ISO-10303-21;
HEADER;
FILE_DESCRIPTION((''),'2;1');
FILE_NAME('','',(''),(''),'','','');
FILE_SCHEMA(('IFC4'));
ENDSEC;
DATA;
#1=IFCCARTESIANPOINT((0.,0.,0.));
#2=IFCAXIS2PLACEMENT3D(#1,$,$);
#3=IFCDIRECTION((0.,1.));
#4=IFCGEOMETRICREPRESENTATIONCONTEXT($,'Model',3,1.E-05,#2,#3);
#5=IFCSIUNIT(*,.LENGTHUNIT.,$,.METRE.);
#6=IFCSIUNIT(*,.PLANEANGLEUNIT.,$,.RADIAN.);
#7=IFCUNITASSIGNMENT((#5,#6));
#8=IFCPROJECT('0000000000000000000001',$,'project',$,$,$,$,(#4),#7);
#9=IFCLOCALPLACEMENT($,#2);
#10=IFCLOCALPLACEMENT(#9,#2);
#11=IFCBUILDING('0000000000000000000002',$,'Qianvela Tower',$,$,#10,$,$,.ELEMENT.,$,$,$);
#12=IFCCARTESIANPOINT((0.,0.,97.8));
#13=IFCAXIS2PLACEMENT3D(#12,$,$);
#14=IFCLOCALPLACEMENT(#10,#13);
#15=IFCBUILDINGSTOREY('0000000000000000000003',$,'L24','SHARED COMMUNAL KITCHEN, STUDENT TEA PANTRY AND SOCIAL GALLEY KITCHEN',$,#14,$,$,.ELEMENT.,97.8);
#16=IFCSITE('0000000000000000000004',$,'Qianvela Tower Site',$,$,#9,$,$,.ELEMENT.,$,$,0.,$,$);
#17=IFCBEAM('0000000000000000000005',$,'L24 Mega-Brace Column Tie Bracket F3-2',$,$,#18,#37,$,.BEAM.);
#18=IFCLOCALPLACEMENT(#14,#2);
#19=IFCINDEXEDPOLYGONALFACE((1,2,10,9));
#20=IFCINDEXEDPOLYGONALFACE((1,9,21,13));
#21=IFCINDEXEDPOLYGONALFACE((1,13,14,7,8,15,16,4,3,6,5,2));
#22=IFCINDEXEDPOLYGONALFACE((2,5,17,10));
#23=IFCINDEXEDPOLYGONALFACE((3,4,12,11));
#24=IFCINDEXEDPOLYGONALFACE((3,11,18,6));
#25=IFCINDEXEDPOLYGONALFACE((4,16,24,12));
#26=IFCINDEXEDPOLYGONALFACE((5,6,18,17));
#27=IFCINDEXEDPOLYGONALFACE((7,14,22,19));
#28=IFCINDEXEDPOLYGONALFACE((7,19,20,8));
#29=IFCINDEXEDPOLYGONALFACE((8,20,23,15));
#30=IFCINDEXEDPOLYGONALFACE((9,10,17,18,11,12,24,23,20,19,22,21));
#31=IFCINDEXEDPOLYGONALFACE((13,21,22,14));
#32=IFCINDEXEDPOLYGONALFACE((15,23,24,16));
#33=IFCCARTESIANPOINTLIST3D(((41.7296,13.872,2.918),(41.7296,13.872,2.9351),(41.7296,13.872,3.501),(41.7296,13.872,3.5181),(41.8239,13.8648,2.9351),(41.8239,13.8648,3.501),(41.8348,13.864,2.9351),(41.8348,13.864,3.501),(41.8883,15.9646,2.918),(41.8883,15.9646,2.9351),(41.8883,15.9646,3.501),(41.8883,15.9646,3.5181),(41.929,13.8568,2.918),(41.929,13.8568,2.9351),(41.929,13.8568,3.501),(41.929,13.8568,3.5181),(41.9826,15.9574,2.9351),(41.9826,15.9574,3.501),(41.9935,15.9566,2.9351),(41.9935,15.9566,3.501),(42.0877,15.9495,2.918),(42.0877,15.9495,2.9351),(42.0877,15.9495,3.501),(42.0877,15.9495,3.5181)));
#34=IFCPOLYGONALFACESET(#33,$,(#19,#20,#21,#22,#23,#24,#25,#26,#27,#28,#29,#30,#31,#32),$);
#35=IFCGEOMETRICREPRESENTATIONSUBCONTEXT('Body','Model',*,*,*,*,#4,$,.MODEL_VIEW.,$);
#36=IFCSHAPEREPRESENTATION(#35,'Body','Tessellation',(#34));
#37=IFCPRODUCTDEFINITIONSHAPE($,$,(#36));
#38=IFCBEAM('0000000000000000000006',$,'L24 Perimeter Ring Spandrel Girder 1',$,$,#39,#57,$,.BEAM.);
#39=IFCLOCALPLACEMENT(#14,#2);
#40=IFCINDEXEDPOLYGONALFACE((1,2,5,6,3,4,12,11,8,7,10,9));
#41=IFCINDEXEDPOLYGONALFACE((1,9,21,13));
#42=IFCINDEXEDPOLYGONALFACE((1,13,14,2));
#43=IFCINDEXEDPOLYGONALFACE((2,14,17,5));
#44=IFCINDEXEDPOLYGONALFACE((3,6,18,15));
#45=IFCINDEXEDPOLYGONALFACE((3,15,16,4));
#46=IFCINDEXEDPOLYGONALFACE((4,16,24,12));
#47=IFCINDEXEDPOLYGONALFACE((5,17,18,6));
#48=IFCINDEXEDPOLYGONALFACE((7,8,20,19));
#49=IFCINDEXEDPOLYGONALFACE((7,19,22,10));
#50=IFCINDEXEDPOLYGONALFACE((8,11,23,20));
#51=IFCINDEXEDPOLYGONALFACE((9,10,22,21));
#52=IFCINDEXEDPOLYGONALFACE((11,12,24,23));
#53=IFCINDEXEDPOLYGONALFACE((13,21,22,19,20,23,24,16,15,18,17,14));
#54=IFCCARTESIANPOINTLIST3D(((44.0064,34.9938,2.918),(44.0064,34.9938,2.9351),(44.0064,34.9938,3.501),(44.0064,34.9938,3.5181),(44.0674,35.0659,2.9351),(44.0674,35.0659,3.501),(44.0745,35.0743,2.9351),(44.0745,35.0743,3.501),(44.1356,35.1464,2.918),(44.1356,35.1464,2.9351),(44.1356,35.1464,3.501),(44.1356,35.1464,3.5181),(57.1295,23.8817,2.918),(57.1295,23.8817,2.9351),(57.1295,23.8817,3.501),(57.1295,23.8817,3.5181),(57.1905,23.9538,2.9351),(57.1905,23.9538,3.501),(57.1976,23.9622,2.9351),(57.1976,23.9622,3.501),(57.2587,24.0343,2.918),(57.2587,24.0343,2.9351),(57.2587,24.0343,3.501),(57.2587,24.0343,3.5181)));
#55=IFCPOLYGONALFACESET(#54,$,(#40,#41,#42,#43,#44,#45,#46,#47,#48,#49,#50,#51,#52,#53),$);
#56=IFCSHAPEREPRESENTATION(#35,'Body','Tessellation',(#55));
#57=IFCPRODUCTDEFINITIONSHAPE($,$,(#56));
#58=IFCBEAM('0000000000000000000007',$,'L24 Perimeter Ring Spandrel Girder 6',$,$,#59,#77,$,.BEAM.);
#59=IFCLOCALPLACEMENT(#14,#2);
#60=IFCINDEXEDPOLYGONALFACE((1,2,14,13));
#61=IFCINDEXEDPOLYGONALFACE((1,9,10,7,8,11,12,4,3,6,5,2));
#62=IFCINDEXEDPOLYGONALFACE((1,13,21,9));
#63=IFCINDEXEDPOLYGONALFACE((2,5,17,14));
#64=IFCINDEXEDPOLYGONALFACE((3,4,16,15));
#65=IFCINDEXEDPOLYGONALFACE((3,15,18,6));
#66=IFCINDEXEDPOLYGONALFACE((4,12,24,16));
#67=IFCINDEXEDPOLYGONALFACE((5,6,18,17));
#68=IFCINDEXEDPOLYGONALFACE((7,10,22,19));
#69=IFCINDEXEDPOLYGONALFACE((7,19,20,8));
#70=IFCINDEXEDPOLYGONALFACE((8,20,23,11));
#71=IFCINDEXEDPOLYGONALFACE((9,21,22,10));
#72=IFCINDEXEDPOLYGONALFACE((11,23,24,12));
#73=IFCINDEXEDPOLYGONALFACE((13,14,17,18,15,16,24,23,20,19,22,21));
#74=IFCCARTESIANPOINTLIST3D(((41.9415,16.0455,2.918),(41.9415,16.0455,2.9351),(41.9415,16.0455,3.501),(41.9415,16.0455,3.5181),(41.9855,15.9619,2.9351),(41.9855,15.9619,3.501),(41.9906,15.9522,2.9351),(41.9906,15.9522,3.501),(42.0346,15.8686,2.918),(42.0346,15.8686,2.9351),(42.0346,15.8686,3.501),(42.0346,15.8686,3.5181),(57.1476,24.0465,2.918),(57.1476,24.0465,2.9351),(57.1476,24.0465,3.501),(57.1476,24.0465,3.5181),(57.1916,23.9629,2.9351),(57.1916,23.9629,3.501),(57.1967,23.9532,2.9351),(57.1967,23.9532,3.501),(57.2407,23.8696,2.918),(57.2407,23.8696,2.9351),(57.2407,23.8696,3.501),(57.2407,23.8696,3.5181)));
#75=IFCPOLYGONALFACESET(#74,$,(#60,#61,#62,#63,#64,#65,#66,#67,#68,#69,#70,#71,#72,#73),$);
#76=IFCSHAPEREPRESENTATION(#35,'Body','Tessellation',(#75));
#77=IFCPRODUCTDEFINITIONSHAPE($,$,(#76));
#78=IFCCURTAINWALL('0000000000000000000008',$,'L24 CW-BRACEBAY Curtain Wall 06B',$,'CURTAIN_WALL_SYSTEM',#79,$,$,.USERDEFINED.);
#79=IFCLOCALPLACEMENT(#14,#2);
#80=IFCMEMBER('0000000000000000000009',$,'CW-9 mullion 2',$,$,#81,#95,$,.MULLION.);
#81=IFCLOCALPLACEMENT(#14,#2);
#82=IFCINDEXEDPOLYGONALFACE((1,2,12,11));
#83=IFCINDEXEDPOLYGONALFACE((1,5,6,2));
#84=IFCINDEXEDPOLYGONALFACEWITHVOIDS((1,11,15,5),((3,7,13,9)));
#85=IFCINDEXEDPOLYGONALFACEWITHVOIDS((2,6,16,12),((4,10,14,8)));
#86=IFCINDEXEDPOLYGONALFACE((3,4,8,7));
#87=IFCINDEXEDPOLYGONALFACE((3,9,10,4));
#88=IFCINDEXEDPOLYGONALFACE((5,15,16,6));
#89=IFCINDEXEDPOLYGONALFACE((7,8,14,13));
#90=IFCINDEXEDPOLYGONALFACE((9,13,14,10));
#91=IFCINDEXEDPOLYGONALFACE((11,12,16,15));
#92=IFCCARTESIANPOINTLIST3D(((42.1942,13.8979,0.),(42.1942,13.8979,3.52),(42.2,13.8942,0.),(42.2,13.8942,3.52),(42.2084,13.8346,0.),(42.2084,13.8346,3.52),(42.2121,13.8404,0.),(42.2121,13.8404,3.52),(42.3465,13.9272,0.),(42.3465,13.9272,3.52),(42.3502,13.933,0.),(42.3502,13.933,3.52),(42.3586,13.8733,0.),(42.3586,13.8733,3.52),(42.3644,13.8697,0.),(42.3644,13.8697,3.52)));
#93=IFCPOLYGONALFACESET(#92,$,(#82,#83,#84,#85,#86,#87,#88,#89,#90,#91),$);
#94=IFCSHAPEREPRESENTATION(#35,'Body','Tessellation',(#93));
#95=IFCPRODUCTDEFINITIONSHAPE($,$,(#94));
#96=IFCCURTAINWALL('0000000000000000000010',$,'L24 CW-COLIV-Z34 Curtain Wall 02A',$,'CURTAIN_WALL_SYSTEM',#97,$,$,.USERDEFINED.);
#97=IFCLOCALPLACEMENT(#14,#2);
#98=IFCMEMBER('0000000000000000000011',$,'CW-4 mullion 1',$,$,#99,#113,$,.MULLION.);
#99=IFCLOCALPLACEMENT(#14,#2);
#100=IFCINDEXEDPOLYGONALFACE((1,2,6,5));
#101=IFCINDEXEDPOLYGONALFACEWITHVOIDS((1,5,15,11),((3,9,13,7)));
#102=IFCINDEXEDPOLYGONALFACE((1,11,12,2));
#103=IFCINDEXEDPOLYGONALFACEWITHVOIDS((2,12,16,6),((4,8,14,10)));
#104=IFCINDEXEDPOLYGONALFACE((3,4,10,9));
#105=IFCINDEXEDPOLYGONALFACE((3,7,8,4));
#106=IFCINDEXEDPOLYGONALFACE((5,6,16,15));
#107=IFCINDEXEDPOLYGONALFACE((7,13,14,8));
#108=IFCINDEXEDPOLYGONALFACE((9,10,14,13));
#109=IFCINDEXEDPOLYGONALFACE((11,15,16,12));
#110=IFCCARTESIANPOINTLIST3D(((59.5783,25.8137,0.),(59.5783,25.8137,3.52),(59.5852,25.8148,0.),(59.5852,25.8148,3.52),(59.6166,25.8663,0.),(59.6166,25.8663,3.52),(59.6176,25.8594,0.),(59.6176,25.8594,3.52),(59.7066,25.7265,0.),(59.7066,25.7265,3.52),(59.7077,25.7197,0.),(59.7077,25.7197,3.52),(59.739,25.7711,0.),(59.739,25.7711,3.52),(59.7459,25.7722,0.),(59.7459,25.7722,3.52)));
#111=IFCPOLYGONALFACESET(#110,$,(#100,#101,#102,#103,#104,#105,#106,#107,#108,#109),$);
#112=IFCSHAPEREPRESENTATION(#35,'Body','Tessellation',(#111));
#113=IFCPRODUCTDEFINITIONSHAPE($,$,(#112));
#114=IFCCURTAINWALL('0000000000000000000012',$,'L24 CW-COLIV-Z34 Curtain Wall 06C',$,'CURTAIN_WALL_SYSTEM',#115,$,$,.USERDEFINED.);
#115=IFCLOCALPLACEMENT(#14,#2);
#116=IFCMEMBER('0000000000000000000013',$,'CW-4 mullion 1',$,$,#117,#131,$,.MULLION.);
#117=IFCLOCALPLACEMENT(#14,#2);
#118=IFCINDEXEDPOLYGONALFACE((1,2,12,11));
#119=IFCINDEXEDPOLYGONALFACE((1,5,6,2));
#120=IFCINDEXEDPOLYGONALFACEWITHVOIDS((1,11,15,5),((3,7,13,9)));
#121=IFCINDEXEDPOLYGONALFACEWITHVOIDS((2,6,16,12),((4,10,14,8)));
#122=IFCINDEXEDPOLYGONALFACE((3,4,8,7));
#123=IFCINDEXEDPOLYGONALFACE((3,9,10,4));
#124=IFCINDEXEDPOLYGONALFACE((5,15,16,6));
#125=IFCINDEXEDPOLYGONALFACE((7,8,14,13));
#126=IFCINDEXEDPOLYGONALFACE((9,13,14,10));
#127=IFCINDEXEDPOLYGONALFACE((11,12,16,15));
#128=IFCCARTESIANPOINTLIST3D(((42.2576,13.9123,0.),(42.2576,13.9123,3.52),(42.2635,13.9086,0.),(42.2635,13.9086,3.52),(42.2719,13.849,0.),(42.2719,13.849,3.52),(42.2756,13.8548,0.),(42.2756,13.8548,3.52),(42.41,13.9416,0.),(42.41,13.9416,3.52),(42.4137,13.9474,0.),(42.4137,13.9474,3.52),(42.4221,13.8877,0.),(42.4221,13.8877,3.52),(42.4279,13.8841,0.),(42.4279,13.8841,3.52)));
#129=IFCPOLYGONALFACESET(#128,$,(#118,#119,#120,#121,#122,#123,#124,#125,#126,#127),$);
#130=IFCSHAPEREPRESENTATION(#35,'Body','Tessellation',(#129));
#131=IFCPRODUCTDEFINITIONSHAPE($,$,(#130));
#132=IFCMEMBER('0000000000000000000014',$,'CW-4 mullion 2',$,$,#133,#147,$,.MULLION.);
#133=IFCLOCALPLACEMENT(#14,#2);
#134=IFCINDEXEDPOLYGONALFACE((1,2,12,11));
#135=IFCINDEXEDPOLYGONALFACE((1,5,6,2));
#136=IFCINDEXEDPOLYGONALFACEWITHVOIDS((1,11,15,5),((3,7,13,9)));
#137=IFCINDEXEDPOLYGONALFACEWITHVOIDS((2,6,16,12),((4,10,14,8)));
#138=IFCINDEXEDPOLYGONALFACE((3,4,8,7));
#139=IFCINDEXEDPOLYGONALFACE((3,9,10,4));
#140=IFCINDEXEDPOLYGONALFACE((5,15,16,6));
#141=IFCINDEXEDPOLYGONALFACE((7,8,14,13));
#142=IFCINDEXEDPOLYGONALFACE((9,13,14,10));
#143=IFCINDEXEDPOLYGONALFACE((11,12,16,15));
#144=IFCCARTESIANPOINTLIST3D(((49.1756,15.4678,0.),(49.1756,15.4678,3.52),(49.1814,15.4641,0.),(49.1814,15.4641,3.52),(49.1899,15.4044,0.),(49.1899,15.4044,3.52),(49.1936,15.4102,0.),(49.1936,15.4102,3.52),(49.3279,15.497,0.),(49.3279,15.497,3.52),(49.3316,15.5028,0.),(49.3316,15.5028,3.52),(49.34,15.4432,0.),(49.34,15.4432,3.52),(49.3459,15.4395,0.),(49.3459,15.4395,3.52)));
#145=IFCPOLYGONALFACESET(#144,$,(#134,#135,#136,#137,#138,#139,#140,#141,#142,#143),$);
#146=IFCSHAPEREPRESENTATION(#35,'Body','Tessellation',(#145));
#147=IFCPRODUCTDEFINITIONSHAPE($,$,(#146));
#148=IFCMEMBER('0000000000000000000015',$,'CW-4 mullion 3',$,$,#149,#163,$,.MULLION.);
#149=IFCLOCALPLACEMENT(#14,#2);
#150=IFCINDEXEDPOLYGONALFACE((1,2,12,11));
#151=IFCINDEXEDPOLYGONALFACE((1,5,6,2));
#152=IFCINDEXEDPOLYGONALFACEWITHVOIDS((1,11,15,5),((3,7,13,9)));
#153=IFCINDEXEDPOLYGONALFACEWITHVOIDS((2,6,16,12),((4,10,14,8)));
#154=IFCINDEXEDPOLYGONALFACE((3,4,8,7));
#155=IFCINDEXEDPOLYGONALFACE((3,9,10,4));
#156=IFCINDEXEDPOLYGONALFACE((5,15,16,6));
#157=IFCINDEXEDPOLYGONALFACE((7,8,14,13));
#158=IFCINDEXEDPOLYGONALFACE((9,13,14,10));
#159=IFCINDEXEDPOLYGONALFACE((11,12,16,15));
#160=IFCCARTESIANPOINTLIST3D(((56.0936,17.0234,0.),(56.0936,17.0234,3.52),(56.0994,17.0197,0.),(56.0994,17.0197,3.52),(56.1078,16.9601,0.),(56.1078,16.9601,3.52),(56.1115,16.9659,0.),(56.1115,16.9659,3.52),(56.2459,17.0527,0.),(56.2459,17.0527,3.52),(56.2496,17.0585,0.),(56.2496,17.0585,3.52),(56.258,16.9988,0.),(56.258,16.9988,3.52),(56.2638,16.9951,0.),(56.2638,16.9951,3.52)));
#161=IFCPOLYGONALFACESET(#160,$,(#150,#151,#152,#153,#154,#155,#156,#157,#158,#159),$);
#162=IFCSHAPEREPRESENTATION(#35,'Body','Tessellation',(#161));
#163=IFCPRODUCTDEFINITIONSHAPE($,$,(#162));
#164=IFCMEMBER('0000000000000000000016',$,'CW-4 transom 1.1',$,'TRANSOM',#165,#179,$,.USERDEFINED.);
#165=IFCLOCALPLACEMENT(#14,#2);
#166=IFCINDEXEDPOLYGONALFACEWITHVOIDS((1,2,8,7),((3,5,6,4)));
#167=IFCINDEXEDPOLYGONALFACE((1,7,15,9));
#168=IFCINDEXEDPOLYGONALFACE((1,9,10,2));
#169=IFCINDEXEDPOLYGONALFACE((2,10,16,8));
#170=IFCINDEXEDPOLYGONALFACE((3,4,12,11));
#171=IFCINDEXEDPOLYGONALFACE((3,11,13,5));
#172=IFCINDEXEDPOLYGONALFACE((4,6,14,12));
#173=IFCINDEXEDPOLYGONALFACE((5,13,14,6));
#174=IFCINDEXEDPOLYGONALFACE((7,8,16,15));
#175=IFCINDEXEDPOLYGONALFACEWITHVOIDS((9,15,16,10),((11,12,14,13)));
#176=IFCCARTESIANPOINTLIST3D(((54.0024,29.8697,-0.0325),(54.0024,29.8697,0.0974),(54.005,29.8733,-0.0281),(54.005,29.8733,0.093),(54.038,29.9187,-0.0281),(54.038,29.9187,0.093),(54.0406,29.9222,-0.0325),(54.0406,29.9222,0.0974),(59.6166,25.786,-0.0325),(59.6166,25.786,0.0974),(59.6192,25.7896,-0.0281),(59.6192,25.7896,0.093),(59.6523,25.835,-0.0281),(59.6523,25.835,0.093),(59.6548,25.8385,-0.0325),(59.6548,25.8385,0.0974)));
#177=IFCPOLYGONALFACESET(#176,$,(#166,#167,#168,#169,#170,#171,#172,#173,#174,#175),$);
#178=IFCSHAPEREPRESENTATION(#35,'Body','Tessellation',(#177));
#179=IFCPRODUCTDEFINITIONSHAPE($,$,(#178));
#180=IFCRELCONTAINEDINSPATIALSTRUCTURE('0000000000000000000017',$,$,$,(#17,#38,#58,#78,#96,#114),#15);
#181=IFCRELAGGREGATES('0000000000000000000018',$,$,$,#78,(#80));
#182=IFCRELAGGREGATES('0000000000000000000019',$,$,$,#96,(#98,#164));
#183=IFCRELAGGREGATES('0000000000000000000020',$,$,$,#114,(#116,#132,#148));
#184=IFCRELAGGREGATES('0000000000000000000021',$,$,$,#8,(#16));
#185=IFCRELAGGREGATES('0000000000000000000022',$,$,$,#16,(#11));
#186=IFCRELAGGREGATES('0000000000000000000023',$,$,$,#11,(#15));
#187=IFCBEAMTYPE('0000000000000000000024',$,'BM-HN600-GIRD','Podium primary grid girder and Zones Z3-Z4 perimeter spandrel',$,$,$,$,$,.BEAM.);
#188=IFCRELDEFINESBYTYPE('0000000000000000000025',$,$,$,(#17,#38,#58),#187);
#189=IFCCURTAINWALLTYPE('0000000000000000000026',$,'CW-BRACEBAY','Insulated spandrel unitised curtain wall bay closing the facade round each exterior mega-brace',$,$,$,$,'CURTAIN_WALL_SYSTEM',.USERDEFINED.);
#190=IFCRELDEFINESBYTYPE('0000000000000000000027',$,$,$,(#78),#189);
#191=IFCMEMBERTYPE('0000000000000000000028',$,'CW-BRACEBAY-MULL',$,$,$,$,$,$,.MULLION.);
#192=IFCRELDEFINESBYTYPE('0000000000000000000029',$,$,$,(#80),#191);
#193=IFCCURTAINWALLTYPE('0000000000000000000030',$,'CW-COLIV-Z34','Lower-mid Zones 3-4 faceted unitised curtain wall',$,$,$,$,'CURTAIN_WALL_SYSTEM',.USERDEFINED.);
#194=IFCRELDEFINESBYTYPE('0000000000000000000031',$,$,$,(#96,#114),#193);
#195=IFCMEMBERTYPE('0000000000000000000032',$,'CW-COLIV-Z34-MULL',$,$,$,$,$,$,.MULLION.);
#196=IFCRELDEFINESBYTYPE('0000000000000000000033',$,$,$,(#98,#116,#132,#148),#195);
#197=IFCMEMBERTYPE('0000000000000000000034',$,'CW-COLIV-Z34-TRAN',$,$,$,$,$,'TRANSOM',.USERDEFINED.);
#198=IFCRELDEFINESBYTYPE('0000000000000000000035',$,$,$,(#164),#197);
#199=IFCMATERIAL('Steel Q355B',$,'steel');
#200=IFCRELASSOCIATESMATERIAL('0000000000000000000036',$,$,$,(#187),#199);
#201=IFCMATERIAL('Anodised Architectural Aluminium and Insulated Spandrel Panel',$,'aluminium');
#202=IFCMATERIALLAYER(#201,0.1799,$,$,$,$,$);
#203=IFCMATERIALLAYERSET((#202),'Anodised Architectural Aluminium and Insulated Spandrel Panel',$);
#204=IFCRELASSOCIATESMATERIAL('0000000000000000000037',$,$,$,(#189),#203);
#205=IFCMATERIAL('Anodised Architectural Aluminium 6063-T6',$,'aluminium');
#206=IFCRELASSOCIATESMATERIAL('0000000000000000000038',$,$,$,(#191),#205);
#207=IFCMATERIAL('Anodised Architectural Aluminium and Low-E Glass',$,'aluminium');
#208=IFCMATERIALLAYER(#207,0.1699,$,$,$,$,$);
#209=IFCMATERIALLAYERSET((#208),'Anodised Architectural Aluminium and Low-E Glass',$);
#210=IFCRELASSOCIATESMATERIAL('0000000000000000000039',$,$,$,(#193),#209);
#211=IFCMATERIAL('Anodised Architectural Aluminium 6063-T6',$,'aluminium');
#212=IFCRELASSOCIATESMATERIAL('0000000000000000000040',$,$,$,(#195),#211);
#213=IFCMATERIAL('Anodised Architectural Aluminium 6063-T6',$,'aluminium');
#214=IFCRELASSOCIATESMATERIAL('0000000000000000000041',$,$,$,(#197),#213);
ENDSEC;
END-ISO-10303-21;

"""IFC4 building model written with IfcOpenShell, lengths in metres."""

from ifc_helpers import new_model, si_unit, direction, frame, origin, origin_2d, place, context, subcontext, project, spatial, hollow_rectangle, i_section, extrude, material, layer, layer_set, material_profile, profile_set, type_object, element, aggregate, save


model = new_model("IFC4")

# Units and contexts
model_context = context("Model", 3, precision=1e-05, world=origin(), true_north=direction((0.0, 1.0)))
body_context = subcontext(model_context, "Body", "Model", "MODEL_VIEW")
ifc_project = project(units=[si_unit("LENGTHUNIT", "METRE"), si_unit("PLANEANGLEUNIT", "RADIAN")], contexts=[model_context])

# Site, building, storey
site_placement = place(None, origin())
site = spatial("IfcSite", under=ifc_project, at=site_placement, Name="Qianvela Tower Site", CompositionType="ELEMENT", RefElevation=0.0)
building_placement = place(site_placement, origin())
building = spatial("IfcBuilding", under=site, at=building_placement, Name="Qianvela Tower", CompositionType="ELEMENT")
storey_placement = place(building_placement, frame((0.0, 0.0, 97.8)))
storey = spatial("IfcBuildingStorey", under=building, at=storey_placement, Name="L24", Description="SHARED COMMUNAL KITCHEN, STUDENT TEA PANTRY AND SOCIAL GALLEY KITCHEN", CompositionType="ELEMENT", Elevation=97.8)

# Beams
ifc_material_1 = material(Name="Steel Q355B", Category="steel")
ifc_material_profile_1 = material_profile(ifc_material_1, i_section(OverallWidth=0.2, OverallDepth=0.6001, WebThickness=0.011, FlangeThickness=0.0171, at=origin_2d()), Name="HN600x200x11x17")
ifc_profile_set_1 = profile_set([ifc_material_profile_1], Name="Steel Q355B")
beam_type = type_object("IfcBeamType", Name="BM-HN600-GIRD", Description="Podium primary grid girder and Zones Z3-Z4 perimeter spandrel", PredefinedType="BEAM", material=ifc_profile_set_1)
beam_1_placement = place(storey_placement, frame((41.988, 15.957, 3.218), z_axis=(-0.07562, -0.997137, 0.0), x_axis=(0.997137, -0.07562, 0.0)))
element("IfcBeam", 1, at=beam_1_placement, inside=storey, type_object=beam_type, Name="L24 Mega-Brace Column Tie Bracket F3-2", PredefinedType="BEAM", context=body_context, shape_type="SweptSolid", body=[
    extrude(i_section(OverallWidth=0.2, OverallDepth=0.6001, WebThickness=0.011, FlangeThickness=0.0171, at=origin_2d()), origin(), (0.0, 0.0, 1.0), 2.0986),
])
beam_2_placement = place(storey_placement, frame((57.1941, 23.958, 3.218), z_axis=(-0.763158, 0.646211, 0.0), x_axis=(-0.646211, -0.763158, 0.0)))
element("IfcBeam", 2, at=beam_2_placement, inside=storey, type_object=beam_type, Name="L24 Perimeter Ring Spandrel Girder 1", PredefinedType="BEAM", context=body_context, shape_type="SweptSolid", body=[
    extrude(i_section(OverallWidth=0.2, OverallDepth=0.6001, WebThickness=0.011, FlangeThickness=0.0171, at=origin_2d()), origin(), (0.0, 0.0, 1.0), 17.1958),
])
beam_3_placement = place(storey_placement, frame((41.988, 15.957, 3.218), z_axis=(0.884971, 0.465646, 0.0), x_axis=(-0.465646, 0.884971, 0.0)))
element("IfcBeam", 3, at=beam_3_placement, inside=storey, type_object=beam_type, Name="L24 Perimeter Ring Spandrel Girder 6", PredefinedType="BEAM", context=body_context, shape_type="SweptSolid", body=[
    extrude(i_section(OverallWidth=0.2, OverallDepth=0.6001, WebThickness=0.011, FlangeThickness=0.0171, at=origin_2d()), origin(), (0.0, 0.0, 1.0), 17.1826),
])

# Curtain walls, members
ifc_material_2 = material(Name="Anodised Architectural Aluminium and Insulated Spandrel Panel", Category="aluminium")
ifc_layer_1 = layer(ifc_material_2, 0.1799)
ifc_layer_set_1 = layer_set([ifc_layer_1], Name="Anodised Architectural Aluminium and Insulated Spandrel Panel")
curtain_wall_type_1 = type_object("IfcCurtainWallType", Name="CW-BRACEBAY", Description="Insulated spandrel unitised curtain wall bay closing the facade round each exterior mega-brace", ElementType="CURTAIN_WALL_SYSTEM", PredefinedType="USERDEFINED", material=ifc_layer_set_1)
curtain_wall_1_placement = place(storey_placement, origin())
curtain_wall_1 = element("IfcCurtainWall", 4, at=curtain_wall_1_placement, inside=storey, type_object=curtain_wall_type_1, Name="L24 CW-BRACEBAY Curtain Wall 06B", ObjectType="CURTAIN_WALL_SYSTEM", PredefinedType="USERDEFINED")
ifc_material_3 = material(Name="Anodised Architectural Aluminium 6063-T6", Category="aluminium")
ifc_material_profile_2 = material_profile(ifc_material_3, hollow_rectangle(XDim=0.0649, YDim=0.1599, WallThickness=0.0049, at=origin_2d()), Name="ALU-MULL-65x160")
ifc_profile_set_2 = profile_set([ifc_material_profile_2], Name="Anodised Architectural Aluminium 6063-T6")
member_type_1 = type_object("IfcMemberType", Name="CW-BRACEBAY-MULL", PredefinedType="MULLION", material=ifc_profile_set_2)
member_1_placement = place(storey_placement, frame((42.2793, 13.8838, 0.0), z_axis=(0.0, 0.0, 1.0), x_axis=(-0.21938, 0.97564, 0.0)))
member_1 = element("IfcMember", 5, at=member_1_placement, type_object=member_type_1, Name="CW-9 mullion 2", PredefinedType="MULLION", context=body_context, shape_type="SweptSolid", body=[
    extrude(hollow_rectangle(XDim=0.0649, YDim=0.1599, WallThickness=0.0049, at=origin_2d()), origin(), (0.0, 0.0, 1.0), 3.52),
])
aggregate(curtain_wall_1, [member_1])
ifc_material_4 = material(Name="Anodised Architectural Aluminium and Low-E Glass", Category="aluminium")
ifc_layer_2 = layer(ifc_material_4, 0.1699)
ifc_layer_set_2 = layer_set([ifc_layer_2], Name="Anodised Architectural Aluminium and Low-E Glass")
curtain_wall_type_2 = type_object("IfcCurtainWallType", Name="CW-COLIV-Z34", Description="Lower-mid Zones 3-4 faceted unitised curtain wall", ElementType="CURTAIN_WALL_SYSTEM", PredefinedType="USERDEFINED", material=ifc_layer_set_2)
curtain_wall_2_placement = place(storey_placement, origin())
curtain_wall_2 = element("IfcCurtainWall", 6, at=curtain_wall_2_placement, inside=storey, type_object=curtain_wall_type_2, Name="L24 CW-COLIV-Z34 Curtain Wall 02A", ObjectType="CURTAIN_WALL_SYSTEM", PredefinedType="USERDEFINED")
ifc_material_5 = material(Name="Anodised Architectural Aluminium 6063-T6", Category="aluminium")
ifc_material_profile_3 = material_profile(ifc_material_5, hollow_rectangle(XDim=0.0649, YDim=0.1599, WallThickness=0.0049, at=origin_2d()), Name="ALU-MULL-65x160")
ifc_profile_set_3 = profile_set([ifc_material_profile_3], Name="Anodised Architectural Aluminium 6063-T6")
member_type_2 = type_object("IfcMemberType", Name="CW-COLIV-Z34-MULL", PredefinedType="MULLION", material=ifc_profile_set_3)
member_2_placement = place(storey_placement, frame((59.6621, 25.793, 0.0), z_axis=(0.0, 0.0, 1.0), x_axis=(-0.588252, -0.808678, 0.0)))
member_2 = element("IfcMember", 7, at=member_2_placement, type_object=member_type_2, Name="CW-4 mullion 1", PredefinedType="MULLION", context=body_context, shape_type="SweptSolid", body=[
    extrude(hollow_rectangle(XDim=0.0649, YDim=0.1599, WallThickness=0.0049, at=origin_2d()), origin(), (0.0, 0.0, 1.0), 3.52),
])

# Curtain wall, members
curtain_wall_3_placement = place(storey_placement, origin())
curtain_wall_3 = element("IfcCurtainWall", 8, at=curtain_wall_3_placement, inside=storey, type_object=curtain_wall_type_2, Name="L24 CW-COLIV-Z34 Curtain Wall 06C", ObjectType="CURTAIN_WALL_SYSTEM", PredefinedType="USERDEFINED")
member_3_placement = place(storey_placement, frame((42.3428, 13.8982, 0.0), z_axis=(0.0, 0.0, 1.0), x_axis=(-0.219382, 0.975639, 0.0)))
member_3 = element("IfcMember", 9, at=member_3_placement, type_object=member_type_2, Name="CW-4 mullion 1", PredefinedType="MULLION", context=body_context, shape_type="SweptSolid", body=[
    extrude(hollow_rectangle(XDim=0.0649, YDim=0.1599, WallThickness=0.0049, at=origin_2d()), origin(), (0.0, 0.0, 1.0), 3.52),
])
member_4_placement = place(storey_placement, frame((49.2607, 15.4536, 0.0), z_axis=(0.0, 0.0, 1.0), x_axis=(-0.219382, 0.975639, 0.0)))
member_4 = element("IfcMember", 10, at=member_4_placement, type_object=member_type_2, Name="CW-4 mullion 2", PredefinedType="MULLION", context=body_context, shape_type="SweptSolid", body=[
    extrude(hollow_rectangle(XDim=0.0649, YDim=0.1599, WallThickness=0.0049, at=origin_2d()), origin(), (0.0, 0.0, 1.0), 3.52),
])
member_5_placement = place(storey_placement, frame((56.1787, 17.0093, 0.0), z_axis=(0.0, 0.0, 1.0), x_axis=(-0.219382, 0.975639, 0.0)))
member_5 = element("IfcMember", 11, at=member_5_placement, type_object=member_type_2, Name="CW-4 mullion 3", PredefinedType="MULLION", context=body_context, shape_type="SweptSolid", body=[
    extrude(hollow_rectangle(XDim=0.0649, YDim=0.1599, WallThickness=0.0049, at=origin_2d()), origin(), (0.0, 0.0, 1.0), 3.52),
])

# Member
ifc_material_6 = material(Name="Anodised Architectural Aluminium 6063-T6", Category="aluminium")
ifc_material_profile_4 = material_profile(ifc_material_6, hollow_rectangle(XDim=0.0649, YDim=0.1299, WallThickness=0.0044, at=origin_2d()), Name="ALU-TRAN-65x130")
ifc_profile_set_4 = profile_set([ifc_material_profile_4], Name="Anodised Architectural Aluminium 6063-T6")
member_type_3 = type_object("IfcMemberType", Name="CW-COLIV-Z34-TRAN", ElementType="TRANSOM", PredefinedType="USERDEFINED", material=ifc_profile_set_4)
member_6_placement = place(storey_placement, frame((59.6357, 25.8123, 0.0325), z_axis=(-0.808692, 0.588232, 0.0), x_axis=(-0.588232, -0.808692, 0.0)))
member_6 = element("IfcMember", 12, at=member_6_placement, type_object=member_type_3, Name="CW-4 transom 1.1", ObjectType="TRANSOM", PredefinedType="USERDEFINED", context=body_context, shape_type="SweptSolid", body=[
    extrude(hollow_rectangle(XDim=0.0649, YDim=0.1299, WallThickness=0.0044, at=origin_2d()), origin(), (0.0, 0.0, 1.0), 6.9424),
])
aggregate(curtain_wall_2, [member_2, member_6])

aggregate(curtain_wall_3, [member_3, member_4, member_5])

save(model, "model.ifc")
